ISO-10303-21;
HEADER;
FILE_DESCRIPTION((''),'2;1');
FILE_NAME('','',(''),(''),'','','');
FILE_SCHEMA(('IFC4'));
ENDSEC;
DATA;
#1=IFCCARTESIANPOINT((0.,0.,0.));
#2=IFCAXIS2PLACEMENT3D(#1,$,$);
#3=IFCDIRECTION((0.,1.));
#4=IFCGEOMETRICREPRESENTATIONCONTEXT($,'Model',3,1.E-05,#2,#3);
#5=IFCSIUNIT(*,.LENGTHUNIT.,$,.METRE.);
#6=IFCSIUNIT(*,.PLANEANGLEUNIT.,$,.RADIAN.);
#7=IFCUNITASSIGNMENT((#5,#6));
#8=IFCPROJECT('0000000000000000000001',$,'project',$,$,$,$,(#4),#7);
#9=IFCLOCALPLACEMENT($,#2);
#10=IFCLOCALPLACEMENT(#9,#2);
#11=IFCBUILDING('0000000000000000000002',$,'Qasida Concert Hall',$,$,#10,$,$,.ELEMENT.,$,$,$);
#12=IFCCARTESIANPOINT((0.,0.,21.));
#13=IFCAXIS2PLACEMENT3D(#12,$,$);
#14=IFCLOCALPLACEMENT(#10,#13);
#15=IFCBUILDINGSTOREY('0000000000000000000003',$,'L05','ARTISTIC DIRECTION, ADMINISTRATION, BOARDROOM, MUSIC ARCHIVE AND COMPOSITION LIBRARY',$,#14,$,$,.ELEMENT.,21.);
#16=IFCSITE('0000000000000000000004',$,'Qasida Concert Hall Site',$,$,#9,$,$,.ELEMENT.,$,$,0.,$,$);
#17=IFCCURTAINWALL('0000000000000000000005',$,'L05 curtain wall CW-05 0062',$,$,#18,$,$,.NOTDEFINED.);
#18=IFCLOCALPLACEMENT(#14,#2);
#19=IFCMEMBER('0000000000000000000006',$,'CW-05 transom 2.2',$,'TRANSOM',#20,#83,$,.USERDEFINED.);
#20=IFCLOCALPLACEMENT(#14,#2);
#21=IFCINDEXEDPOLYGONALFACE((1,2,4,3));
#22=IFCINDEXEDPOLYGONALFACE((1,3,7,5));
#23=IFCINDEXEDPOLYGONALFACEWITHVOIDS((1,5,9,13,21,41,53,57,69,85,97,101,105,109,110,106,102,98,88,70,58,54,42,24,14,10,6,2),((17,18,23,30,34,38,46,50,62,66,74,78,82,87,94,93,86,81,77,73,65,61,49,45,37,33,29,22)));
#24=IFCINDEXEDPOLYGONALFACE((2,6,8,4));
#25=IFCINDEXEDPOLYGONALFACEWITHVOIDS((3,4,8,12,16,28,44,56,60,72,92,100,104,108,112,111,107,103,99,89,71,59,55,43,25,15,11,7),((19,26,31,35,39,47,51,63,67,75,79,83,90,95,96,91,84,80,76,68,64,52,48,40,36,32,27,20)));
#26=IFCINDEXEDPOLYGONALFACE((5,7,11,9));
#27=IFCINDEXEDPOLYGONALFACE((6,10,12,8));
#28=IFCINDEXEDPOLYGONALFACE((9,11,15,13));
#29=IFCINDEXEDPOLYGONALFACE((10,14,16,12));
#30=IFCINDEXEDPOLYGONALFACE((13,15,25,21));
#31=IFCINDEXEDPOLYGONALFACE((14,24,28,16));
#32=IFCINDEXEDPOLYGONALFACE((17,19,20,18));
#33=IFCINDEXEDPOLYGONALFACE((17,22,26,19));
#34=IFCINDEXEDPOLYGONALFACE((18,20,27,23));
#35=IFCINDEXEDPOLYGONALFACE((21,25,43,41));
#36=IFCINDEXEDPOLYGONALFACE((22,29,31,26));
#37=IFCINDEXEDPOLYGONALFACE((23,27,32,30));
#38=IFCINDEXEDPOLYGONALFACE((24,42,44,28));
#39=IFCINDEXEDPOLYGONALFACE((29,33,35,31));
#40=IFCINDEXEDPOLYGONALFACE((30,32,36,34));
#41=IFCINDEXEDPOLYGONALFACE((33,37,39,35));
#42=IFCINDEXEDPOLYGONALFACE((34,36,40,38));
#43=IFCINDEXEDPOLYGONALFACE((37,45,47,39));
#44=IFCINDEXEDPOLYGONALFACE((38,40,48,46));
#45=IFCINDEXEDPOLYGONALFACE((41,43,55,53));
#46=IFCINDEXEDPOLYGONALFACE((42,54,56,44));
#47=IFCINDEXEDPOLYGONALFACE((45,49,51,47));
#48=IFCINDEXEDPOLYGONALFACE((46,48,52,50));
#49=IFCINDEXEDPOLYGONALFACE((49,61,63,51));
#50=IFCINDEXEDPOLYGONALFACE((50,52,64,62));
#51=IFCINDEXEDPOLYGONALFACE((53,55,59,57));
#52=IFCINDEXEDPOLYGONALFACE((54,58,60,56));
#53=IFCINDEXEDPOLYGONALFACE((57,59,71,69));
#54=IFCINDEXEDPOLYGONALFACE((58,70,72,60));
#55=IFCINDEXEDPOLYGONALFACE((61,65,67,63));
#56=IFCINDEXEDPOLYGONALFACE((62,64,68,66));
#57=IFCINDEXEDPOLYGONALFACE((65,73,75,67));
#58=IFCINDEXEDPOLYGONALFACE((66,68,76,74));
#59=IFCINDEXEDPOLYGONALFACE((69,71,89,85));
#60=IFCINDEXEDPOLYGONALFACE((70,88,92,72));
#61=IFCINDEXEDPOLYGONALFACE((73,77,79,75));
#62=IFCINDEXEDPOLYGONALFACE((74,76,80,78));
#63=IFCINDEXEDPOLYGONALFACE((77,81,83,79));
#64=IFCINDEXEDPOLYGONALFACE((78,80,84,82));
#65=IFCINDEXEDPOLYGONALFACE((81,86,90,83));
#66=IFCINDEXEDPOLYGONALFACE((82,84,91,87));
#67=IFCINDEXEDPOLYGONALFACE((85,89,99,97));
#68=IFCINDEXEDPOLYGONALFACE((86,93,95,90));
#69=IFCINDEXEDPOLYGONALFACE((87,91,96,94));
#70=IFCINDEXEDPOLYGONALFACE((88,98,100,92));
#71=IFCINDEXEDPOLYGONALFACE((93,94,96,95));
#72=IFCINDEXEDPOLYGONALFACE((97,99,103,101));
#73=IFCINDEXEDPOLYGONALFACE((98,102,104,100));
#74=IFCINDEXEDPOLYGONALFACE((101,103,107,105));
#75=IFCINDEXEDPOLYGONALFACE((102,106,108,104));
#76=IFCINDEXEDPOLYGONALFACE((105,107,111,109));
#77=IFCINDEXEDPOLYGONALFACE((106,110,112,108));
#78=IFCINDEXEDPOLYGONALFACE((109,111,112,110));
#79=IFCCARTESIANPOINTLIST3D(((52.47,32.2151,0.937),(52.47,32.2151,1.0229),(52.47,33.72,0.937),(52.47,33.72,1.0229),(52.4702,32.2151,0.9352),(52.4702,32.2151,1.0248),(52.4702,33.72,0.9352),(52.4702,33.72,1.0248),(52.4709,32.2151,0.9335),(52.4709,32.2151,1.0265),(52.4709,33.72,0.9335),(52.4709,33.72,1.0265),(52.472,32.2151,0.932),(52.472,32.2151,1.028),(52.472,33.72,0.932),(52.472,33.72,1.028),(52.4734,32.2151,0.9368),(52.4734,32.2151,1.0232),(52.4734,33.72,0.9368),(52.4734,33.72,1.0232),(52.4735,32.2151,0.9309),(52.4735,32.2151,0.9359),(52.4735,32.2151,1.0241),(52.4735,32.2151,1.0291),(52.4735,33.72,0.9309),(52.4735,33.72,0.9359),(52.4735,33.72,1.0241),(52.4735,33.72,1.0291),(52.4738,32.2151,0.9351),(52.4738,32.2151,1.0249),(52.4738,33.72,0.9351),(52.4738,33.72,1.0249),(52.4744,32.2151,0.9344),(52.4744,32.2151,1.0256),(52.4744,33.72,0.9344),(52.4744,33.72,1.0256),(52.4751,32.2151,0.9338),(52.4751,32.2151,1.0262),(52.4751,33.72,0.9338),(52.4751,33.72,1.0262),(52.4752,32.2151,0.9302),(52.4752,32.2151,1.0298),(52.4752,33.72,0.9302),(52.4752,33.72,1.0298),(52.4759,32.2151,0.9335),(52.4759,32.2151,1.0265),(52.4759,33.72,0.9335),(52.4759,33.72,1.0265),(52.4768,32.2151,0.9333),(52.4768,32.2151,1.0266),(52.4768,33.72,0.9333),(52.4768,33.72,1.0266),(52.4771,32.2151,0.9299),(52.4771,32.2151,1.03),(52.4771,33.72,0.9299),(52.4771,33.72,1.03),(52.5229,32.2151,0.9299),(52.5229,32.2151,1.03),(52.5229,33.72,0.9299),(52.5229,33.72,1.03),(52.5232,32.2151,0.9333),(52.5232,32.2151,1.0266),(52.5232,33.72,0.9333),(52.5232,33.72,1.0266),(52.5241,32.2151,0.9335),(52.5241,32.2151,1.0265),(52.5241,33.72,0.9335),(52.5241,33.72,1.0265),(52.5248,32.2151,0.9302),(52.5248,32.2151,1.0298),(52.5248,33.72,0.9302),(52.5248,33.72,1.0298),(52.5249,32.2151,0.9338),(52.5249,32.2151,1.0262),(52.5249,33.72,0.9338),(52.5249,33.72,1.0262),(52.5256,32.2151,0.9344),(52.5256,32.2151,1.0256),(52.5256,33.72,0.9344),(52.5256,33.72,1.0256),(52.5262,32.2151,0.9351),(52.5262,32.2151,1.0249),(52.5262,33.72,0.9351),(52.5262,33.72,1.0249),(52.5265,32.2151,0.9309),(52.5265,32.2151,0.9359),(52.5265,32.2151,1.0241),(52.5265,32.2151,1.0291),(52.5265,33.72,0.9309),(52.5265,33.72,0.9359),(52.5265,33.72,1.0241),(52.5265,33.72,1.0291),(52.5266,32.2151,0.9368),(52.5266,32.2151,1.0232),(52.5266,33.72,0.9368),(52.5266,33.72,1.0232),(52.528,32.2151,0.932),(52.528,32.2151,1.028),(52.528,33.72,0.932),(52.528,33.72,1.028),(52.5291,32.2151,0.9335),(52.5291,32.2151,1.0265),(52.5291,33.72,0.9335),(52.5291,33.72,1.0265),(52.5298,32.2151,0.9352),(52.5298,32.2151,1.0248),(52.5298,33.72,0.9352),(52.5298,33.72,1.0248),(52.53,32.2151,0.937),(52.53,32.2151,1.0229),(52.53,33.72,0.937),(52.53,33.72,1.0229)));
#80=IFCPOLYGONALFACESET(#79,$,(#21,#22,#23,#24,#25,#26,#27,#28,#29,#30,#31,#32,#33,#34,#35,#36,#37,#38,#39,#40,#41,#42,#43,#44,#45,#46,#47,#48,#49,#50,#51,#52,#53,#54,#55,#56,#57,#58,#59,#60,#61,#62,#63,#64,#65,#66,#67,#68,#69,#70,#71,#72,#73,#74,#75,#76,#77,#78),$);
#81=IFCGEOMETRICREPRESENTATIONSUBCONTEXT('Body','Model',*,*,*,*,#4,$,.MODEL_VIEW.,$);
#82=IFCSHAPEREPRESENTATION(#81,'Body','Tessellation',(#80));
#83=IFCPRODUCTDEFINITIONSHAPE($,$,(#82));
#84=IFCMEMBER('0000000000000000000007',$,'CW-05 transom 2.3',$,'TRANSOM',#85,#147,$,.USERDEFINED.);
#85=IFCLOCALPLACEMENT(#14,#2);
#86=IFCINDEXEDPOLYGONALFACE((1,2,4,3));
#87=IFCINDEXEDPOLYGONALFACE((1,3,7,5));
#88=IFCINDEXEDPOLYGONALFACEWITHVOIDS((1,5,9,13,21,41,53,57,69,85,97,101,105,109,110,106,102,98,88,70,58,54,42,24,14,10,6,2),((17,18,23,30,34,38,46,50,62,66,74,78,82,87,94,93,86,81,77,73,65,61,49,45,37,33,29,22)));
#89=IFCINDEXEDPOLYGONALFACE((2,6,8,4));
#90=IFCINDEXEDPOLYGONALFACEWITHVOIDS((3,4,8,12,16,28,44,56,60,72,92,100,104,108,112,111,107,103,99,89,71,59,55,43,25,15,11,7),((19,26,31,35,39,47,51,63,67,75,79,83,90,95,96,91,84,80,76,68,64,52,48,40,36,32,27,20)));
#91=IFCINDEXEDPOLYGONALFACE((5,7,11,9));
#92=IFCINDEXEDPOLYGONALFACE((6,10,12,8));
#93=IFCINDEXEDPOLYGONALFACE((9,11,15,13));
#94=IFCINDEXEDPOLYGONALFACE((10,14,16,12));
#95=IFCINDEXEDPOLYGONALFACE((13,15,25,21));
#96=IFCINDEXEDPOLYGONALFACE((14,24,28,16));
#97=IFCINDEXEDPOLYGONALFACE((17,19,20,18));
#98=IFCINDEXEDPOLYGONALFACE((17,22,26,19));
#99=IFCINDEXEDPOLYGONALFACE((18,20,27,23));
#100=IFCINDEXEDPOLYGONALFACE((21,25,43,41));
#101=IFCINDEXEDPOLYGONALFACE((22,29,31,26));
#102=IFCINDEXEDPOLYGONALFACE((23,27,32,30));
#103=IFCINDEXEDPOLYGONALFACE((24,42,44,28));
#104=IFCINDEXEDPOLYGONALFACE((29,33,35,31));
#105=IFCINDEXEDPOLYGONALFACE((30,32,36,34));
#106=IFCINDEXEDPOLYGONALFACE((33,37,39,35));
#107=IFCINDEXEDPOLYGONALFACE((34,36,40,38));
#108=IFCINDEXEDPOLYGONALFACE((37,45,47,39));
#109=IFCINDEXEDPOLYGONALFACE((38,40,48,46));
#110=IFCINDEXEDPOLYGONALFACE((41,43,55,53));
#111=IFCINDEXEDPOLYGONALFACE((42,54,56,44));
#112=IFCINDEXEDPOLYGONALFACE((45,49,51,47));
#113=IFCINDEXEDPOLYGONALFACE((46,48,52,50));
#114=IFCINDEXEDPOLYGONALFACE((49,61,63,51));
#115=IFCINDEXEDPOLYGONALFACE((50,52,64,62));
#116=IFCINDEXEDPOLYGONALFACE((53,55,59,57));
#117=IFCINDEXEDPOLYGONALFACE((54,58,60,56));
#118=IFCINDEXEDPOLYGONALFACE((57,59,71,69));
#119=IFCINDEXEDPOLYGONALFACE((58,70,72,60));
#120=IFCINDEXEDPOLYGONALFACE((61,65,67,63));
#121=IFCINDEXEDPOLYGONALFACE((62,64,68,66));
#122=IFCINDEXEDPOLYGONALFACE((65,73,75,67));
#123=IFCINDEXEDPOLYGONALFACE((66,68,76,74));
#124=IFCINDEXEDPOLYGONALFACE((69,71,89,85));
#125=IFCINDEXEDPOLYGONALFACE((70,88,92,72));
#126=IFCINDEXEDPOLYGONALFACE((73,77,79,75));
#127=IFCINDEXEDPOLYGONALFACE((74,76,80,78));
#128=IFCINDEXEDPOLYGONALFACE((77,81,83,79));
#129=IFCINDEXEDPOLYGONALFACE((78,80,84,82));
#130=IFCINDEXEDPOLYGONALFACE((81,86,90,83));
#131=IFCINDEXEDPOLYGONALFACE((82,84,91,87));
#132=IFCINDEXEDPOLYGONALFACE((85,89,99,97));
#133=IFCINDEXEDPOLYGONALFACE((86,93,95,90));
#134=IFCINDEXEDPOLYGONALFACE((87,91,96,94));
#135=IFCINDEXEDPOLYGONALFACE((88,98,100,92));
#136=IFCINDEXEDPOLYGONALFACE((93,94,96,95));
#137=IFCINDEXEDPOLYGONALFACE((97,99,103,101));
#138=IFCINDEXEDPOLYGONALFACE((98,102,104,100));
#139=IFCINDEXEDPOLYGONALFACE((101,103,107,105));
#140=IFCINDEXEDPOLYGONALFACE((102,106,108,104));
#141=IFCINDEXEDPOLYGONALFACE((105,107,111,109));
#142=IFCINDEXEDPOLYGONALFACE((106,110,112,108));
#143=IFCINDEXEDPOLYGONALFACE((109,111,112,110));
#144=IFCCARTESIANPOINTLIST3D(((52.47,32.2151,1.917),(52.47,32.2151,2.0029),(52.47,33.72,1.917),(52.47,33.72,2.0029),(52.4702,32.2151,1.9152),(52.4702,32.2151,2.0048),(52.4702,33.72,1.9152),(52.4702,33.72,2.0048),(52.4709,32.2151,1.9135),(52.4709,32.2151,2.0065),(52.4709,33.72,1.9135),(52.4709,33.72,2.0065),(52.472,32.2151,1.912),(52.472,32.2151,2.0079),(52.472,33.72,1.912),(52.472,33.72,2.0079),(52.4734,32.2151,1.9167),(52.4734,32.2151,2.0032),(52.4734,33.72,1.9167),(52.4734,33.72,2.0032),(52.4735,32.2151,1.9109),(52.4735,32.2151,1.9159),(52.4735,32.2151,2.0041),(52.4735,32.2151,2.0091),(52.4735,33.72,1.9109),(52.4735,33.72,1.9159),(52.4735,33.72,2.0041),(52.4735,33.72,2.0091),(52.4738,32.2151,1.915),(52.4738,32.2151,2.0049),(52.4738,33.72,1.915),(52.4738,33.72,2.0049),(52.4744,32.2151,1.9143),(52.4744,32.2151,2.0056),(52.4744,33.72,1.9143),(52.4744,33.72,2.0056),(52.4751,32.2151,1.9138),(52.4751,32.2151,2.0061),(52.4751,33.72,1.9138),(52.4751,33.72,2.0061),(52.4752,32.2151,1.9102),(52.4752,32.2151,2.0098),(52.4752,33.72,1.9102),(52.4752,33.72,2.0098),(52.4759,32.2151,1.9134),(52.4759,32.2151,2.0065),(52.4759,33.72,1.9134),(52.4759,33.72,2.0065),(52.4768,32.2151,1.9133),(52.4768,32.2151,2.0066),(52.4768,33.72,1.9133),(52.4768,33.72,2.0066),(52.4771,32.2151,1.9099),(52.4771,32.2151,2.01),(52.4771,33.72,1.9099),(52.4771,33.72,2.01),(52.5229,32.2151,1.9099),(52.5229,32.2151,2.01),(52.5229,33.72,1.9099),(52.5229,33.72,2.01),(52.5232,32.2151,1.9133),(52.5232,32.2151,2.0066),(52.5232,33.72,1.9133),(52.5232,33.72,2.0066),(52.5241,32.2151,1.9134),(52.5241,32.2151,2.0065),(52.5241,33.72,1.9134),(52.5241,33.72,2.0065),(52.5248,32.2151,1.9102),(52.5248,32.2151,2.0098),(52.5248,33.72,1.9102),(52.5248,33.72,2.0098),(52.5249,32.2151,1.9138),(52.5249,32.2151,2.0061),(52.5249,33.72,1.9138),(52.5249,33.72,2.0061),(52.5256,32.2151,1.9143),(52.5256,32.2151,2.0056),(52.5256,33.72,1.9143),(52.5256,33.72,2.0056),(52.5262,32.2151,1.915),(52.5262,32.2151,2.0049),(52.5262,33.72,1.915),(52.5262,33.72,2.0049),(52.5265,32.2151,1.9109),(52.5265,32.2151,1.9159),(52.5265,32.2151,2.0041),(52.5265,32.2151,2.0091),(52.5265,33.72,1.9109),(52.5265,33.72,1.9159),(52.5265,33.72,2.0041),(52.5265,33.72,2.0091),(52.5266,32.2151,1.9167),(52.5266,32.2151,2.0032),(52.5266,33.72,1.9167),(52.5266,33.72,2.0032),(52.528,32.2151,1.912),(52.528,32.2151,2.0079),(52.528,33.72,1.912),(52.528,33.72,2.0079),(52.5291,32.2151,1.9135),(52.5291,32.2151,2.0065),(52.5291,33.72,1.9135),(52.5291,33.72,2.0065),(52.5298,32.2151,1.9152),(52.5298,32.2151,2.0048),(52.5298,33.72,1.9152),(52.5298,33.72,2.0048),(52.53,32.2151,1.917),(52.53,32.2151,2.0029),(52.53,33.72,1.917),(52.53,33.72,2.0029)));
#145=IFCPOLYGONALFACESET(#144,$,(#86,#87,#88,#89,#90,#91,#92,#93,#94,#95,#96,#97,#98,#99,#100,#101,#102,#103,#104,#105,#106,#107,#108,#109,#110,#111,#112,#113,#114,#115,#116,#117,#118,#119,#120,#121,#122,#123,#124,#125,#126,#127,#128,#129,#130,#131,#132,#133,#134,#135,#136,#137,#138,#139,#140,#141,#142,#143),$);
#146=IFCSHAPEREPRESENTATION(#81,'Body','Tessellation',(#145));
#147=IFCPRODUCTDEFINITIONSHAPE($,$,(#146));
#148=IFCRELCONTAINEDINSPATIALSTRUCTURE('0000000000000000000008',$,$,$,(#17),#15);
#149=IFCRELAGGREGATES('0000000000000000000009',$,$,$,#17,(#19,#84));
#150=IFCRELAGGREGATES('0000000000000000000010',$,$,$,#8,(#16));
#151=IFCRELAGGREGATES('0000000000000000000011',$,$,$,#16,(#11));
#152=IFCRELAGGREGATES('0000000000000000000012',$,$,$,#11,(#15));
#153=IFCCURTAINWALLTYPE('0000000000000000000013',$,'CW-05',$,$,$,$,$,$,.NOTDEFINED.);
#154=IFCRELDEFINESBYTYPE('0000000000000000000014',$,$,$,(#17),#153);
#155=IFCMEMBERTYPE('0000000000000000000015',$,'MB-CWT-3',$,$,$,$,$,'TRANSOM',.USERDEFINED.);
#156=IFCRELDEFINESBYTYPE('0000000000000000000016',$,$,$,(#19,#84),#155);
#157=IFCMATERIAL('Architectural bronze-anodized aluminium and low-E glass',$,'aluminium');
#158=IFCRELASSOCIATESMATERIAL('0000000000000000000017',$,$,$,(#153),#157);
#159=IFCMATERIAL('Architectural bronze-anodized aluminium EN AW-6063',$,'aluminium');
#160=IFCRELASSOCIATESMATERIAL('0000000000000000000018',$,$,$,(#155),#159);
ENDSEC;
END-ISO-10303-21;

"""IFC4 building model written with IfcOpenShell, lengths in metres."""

from ifc_helpers import new_model, si_unit, direction, frame, origin, origin_2d, place, context, subcontext, project, spatial, hollow_rectangle, extrude, material, material_profile, profile_set, type_object, element, aggregate, save


model = new_model("IFC4")

# Units and contexts
model_context = context("Model", 3, precision=1e-05, world=origin(), true_north=direction((0.0, 1.0)))
body_context = subcontext(model_context, "Body", "Model", "MODEL_VIEW")
ifc_project = project(units=[si_unit("LENGTHUNIT", "METRE"), si_unit("PLANEANGLEUNIT", "RADIAN")], contexts=[model_context])

# Site, building, storey
site_placement = place(None, origin())
site = spatial("IfcSite", under=ifc_project, at=site_placement, Name="Qasida Concert Hall Site", CompositionType="ELEMENT", RefElevation=0.0)
building_placement = place(site_placement, origin())
building = spatial("IfcBuilding", under=site, at=building_placement, Name="Qasida Concert Hall", CompositionType="ELEMENT")
storey_placement = place(building_placement, frame((0.0, 0.0, 21.0)))
storey = spatial("IfcBuildingStorey", under=building, at=storey_placement, Name="L05", Description="ARTISTIC DIRECTION, ADMINISTRATION, BOARDROOM, MUSIC ARCHIVE AND COMPOSITION LIBRARY", CompositionType="ELEMENT", Elevation=21.0)

# Shared definitions
ifc_material_1 = material(Name="Architectural bronze-anodized aluminium and low-E glass", Category="aluminium")
curtain_wall_type = type_object("IfcCurtainWallType", Name="CW-05", PredefinedType="NOTDEFINED", material=ifc_material_1)
ifc_material_2 = material(Name="Architectural bronze-anodized aluminium EN AW-6063", Category="aluminium")

# Curtain wall
curtain_wall_1_placement = place(storey_placement, origin())
curtain_wall_1 = element("IfcCurtainWall", 1, at=curtain_wall_1_placement, inside=storey, type_object=curtain_wall_type, Name="L05 curtain wall CW-05 0062", PredefinedType="NOTDEFINED")

# Members
ifc_material_profile_1 = material_profile(ifc_material_2, hollow_rectangle(XDim=0.0601, YDim=0.1001, WallThickness=0.0034, InnerFilletRadius=0.0034, OuterFilletRadius=0.0071, at=origin_2d()), Name="CWT 100x60x3.5")
ifc_profile_set_1 = profile_set([ifc_material_profile_1], Name="Architectural bronze-anodized aluminium EN AW-6063")
member_type_1 = type_object("IfcMemberType", Name="MB-CWT-3", ElementType="TRANSOM", PredefinedType="USERDEFINED", material=ifc_profile_set_1)
member_1_placement = place(storey_placement, frame((52.5, 32.2151, 0.98), z_axis=(0.0, 1.0, 0.0), x_axis=(-1.0, 0.0, 0.0)))
member_1 = element("IfcMember", 2, at=member_1_placement, type_object=member_type_1, Name="CW-05 transom 2.2", ObjectType="TRANSOM", PredefinedType="USERDEFINED", context=body_context, shape_type="SweptSolid", body=[
    extrude(hollow_rectangle(XDim=0.0601, YDim=0.1001, WallThickness=0.0034, InnerFilletRadius=0.0034, OuterFilletRadius=0.0071, at=origin_2d()), origin(), (0.0, 0.0, 1.0), 1.5049),
])
member_2_placement = place(storey_placement, frame((52.5, 32.2151, 1.96), z_axis=(0.0, 1.0, 0.0), x_axis=(-1.0, 0.0, 0.0)))
member_2 = element("IfcMember", 3, at=member_2_placement, type_object=member_type_1, Name="CW-05 transom 2.3", ObjectType="TRANSOM", PredefinedType="USERDEFINED", context=body_context, shape_type="SweptSolid", body=[
    extrude(hollow_rectangle(XDim=0.0601, YDim=0.1001, WallThickness=0.0034, InnerFilletRadius=0.0034, OuterFilletRadius=0.0071, at=origin_2d()), origin(), (0.0, 0.0, 1.0), 1.5049),
])

aggregate(curtain_wall_1, [member_1, member_2])

save(model, "model.ifc")
